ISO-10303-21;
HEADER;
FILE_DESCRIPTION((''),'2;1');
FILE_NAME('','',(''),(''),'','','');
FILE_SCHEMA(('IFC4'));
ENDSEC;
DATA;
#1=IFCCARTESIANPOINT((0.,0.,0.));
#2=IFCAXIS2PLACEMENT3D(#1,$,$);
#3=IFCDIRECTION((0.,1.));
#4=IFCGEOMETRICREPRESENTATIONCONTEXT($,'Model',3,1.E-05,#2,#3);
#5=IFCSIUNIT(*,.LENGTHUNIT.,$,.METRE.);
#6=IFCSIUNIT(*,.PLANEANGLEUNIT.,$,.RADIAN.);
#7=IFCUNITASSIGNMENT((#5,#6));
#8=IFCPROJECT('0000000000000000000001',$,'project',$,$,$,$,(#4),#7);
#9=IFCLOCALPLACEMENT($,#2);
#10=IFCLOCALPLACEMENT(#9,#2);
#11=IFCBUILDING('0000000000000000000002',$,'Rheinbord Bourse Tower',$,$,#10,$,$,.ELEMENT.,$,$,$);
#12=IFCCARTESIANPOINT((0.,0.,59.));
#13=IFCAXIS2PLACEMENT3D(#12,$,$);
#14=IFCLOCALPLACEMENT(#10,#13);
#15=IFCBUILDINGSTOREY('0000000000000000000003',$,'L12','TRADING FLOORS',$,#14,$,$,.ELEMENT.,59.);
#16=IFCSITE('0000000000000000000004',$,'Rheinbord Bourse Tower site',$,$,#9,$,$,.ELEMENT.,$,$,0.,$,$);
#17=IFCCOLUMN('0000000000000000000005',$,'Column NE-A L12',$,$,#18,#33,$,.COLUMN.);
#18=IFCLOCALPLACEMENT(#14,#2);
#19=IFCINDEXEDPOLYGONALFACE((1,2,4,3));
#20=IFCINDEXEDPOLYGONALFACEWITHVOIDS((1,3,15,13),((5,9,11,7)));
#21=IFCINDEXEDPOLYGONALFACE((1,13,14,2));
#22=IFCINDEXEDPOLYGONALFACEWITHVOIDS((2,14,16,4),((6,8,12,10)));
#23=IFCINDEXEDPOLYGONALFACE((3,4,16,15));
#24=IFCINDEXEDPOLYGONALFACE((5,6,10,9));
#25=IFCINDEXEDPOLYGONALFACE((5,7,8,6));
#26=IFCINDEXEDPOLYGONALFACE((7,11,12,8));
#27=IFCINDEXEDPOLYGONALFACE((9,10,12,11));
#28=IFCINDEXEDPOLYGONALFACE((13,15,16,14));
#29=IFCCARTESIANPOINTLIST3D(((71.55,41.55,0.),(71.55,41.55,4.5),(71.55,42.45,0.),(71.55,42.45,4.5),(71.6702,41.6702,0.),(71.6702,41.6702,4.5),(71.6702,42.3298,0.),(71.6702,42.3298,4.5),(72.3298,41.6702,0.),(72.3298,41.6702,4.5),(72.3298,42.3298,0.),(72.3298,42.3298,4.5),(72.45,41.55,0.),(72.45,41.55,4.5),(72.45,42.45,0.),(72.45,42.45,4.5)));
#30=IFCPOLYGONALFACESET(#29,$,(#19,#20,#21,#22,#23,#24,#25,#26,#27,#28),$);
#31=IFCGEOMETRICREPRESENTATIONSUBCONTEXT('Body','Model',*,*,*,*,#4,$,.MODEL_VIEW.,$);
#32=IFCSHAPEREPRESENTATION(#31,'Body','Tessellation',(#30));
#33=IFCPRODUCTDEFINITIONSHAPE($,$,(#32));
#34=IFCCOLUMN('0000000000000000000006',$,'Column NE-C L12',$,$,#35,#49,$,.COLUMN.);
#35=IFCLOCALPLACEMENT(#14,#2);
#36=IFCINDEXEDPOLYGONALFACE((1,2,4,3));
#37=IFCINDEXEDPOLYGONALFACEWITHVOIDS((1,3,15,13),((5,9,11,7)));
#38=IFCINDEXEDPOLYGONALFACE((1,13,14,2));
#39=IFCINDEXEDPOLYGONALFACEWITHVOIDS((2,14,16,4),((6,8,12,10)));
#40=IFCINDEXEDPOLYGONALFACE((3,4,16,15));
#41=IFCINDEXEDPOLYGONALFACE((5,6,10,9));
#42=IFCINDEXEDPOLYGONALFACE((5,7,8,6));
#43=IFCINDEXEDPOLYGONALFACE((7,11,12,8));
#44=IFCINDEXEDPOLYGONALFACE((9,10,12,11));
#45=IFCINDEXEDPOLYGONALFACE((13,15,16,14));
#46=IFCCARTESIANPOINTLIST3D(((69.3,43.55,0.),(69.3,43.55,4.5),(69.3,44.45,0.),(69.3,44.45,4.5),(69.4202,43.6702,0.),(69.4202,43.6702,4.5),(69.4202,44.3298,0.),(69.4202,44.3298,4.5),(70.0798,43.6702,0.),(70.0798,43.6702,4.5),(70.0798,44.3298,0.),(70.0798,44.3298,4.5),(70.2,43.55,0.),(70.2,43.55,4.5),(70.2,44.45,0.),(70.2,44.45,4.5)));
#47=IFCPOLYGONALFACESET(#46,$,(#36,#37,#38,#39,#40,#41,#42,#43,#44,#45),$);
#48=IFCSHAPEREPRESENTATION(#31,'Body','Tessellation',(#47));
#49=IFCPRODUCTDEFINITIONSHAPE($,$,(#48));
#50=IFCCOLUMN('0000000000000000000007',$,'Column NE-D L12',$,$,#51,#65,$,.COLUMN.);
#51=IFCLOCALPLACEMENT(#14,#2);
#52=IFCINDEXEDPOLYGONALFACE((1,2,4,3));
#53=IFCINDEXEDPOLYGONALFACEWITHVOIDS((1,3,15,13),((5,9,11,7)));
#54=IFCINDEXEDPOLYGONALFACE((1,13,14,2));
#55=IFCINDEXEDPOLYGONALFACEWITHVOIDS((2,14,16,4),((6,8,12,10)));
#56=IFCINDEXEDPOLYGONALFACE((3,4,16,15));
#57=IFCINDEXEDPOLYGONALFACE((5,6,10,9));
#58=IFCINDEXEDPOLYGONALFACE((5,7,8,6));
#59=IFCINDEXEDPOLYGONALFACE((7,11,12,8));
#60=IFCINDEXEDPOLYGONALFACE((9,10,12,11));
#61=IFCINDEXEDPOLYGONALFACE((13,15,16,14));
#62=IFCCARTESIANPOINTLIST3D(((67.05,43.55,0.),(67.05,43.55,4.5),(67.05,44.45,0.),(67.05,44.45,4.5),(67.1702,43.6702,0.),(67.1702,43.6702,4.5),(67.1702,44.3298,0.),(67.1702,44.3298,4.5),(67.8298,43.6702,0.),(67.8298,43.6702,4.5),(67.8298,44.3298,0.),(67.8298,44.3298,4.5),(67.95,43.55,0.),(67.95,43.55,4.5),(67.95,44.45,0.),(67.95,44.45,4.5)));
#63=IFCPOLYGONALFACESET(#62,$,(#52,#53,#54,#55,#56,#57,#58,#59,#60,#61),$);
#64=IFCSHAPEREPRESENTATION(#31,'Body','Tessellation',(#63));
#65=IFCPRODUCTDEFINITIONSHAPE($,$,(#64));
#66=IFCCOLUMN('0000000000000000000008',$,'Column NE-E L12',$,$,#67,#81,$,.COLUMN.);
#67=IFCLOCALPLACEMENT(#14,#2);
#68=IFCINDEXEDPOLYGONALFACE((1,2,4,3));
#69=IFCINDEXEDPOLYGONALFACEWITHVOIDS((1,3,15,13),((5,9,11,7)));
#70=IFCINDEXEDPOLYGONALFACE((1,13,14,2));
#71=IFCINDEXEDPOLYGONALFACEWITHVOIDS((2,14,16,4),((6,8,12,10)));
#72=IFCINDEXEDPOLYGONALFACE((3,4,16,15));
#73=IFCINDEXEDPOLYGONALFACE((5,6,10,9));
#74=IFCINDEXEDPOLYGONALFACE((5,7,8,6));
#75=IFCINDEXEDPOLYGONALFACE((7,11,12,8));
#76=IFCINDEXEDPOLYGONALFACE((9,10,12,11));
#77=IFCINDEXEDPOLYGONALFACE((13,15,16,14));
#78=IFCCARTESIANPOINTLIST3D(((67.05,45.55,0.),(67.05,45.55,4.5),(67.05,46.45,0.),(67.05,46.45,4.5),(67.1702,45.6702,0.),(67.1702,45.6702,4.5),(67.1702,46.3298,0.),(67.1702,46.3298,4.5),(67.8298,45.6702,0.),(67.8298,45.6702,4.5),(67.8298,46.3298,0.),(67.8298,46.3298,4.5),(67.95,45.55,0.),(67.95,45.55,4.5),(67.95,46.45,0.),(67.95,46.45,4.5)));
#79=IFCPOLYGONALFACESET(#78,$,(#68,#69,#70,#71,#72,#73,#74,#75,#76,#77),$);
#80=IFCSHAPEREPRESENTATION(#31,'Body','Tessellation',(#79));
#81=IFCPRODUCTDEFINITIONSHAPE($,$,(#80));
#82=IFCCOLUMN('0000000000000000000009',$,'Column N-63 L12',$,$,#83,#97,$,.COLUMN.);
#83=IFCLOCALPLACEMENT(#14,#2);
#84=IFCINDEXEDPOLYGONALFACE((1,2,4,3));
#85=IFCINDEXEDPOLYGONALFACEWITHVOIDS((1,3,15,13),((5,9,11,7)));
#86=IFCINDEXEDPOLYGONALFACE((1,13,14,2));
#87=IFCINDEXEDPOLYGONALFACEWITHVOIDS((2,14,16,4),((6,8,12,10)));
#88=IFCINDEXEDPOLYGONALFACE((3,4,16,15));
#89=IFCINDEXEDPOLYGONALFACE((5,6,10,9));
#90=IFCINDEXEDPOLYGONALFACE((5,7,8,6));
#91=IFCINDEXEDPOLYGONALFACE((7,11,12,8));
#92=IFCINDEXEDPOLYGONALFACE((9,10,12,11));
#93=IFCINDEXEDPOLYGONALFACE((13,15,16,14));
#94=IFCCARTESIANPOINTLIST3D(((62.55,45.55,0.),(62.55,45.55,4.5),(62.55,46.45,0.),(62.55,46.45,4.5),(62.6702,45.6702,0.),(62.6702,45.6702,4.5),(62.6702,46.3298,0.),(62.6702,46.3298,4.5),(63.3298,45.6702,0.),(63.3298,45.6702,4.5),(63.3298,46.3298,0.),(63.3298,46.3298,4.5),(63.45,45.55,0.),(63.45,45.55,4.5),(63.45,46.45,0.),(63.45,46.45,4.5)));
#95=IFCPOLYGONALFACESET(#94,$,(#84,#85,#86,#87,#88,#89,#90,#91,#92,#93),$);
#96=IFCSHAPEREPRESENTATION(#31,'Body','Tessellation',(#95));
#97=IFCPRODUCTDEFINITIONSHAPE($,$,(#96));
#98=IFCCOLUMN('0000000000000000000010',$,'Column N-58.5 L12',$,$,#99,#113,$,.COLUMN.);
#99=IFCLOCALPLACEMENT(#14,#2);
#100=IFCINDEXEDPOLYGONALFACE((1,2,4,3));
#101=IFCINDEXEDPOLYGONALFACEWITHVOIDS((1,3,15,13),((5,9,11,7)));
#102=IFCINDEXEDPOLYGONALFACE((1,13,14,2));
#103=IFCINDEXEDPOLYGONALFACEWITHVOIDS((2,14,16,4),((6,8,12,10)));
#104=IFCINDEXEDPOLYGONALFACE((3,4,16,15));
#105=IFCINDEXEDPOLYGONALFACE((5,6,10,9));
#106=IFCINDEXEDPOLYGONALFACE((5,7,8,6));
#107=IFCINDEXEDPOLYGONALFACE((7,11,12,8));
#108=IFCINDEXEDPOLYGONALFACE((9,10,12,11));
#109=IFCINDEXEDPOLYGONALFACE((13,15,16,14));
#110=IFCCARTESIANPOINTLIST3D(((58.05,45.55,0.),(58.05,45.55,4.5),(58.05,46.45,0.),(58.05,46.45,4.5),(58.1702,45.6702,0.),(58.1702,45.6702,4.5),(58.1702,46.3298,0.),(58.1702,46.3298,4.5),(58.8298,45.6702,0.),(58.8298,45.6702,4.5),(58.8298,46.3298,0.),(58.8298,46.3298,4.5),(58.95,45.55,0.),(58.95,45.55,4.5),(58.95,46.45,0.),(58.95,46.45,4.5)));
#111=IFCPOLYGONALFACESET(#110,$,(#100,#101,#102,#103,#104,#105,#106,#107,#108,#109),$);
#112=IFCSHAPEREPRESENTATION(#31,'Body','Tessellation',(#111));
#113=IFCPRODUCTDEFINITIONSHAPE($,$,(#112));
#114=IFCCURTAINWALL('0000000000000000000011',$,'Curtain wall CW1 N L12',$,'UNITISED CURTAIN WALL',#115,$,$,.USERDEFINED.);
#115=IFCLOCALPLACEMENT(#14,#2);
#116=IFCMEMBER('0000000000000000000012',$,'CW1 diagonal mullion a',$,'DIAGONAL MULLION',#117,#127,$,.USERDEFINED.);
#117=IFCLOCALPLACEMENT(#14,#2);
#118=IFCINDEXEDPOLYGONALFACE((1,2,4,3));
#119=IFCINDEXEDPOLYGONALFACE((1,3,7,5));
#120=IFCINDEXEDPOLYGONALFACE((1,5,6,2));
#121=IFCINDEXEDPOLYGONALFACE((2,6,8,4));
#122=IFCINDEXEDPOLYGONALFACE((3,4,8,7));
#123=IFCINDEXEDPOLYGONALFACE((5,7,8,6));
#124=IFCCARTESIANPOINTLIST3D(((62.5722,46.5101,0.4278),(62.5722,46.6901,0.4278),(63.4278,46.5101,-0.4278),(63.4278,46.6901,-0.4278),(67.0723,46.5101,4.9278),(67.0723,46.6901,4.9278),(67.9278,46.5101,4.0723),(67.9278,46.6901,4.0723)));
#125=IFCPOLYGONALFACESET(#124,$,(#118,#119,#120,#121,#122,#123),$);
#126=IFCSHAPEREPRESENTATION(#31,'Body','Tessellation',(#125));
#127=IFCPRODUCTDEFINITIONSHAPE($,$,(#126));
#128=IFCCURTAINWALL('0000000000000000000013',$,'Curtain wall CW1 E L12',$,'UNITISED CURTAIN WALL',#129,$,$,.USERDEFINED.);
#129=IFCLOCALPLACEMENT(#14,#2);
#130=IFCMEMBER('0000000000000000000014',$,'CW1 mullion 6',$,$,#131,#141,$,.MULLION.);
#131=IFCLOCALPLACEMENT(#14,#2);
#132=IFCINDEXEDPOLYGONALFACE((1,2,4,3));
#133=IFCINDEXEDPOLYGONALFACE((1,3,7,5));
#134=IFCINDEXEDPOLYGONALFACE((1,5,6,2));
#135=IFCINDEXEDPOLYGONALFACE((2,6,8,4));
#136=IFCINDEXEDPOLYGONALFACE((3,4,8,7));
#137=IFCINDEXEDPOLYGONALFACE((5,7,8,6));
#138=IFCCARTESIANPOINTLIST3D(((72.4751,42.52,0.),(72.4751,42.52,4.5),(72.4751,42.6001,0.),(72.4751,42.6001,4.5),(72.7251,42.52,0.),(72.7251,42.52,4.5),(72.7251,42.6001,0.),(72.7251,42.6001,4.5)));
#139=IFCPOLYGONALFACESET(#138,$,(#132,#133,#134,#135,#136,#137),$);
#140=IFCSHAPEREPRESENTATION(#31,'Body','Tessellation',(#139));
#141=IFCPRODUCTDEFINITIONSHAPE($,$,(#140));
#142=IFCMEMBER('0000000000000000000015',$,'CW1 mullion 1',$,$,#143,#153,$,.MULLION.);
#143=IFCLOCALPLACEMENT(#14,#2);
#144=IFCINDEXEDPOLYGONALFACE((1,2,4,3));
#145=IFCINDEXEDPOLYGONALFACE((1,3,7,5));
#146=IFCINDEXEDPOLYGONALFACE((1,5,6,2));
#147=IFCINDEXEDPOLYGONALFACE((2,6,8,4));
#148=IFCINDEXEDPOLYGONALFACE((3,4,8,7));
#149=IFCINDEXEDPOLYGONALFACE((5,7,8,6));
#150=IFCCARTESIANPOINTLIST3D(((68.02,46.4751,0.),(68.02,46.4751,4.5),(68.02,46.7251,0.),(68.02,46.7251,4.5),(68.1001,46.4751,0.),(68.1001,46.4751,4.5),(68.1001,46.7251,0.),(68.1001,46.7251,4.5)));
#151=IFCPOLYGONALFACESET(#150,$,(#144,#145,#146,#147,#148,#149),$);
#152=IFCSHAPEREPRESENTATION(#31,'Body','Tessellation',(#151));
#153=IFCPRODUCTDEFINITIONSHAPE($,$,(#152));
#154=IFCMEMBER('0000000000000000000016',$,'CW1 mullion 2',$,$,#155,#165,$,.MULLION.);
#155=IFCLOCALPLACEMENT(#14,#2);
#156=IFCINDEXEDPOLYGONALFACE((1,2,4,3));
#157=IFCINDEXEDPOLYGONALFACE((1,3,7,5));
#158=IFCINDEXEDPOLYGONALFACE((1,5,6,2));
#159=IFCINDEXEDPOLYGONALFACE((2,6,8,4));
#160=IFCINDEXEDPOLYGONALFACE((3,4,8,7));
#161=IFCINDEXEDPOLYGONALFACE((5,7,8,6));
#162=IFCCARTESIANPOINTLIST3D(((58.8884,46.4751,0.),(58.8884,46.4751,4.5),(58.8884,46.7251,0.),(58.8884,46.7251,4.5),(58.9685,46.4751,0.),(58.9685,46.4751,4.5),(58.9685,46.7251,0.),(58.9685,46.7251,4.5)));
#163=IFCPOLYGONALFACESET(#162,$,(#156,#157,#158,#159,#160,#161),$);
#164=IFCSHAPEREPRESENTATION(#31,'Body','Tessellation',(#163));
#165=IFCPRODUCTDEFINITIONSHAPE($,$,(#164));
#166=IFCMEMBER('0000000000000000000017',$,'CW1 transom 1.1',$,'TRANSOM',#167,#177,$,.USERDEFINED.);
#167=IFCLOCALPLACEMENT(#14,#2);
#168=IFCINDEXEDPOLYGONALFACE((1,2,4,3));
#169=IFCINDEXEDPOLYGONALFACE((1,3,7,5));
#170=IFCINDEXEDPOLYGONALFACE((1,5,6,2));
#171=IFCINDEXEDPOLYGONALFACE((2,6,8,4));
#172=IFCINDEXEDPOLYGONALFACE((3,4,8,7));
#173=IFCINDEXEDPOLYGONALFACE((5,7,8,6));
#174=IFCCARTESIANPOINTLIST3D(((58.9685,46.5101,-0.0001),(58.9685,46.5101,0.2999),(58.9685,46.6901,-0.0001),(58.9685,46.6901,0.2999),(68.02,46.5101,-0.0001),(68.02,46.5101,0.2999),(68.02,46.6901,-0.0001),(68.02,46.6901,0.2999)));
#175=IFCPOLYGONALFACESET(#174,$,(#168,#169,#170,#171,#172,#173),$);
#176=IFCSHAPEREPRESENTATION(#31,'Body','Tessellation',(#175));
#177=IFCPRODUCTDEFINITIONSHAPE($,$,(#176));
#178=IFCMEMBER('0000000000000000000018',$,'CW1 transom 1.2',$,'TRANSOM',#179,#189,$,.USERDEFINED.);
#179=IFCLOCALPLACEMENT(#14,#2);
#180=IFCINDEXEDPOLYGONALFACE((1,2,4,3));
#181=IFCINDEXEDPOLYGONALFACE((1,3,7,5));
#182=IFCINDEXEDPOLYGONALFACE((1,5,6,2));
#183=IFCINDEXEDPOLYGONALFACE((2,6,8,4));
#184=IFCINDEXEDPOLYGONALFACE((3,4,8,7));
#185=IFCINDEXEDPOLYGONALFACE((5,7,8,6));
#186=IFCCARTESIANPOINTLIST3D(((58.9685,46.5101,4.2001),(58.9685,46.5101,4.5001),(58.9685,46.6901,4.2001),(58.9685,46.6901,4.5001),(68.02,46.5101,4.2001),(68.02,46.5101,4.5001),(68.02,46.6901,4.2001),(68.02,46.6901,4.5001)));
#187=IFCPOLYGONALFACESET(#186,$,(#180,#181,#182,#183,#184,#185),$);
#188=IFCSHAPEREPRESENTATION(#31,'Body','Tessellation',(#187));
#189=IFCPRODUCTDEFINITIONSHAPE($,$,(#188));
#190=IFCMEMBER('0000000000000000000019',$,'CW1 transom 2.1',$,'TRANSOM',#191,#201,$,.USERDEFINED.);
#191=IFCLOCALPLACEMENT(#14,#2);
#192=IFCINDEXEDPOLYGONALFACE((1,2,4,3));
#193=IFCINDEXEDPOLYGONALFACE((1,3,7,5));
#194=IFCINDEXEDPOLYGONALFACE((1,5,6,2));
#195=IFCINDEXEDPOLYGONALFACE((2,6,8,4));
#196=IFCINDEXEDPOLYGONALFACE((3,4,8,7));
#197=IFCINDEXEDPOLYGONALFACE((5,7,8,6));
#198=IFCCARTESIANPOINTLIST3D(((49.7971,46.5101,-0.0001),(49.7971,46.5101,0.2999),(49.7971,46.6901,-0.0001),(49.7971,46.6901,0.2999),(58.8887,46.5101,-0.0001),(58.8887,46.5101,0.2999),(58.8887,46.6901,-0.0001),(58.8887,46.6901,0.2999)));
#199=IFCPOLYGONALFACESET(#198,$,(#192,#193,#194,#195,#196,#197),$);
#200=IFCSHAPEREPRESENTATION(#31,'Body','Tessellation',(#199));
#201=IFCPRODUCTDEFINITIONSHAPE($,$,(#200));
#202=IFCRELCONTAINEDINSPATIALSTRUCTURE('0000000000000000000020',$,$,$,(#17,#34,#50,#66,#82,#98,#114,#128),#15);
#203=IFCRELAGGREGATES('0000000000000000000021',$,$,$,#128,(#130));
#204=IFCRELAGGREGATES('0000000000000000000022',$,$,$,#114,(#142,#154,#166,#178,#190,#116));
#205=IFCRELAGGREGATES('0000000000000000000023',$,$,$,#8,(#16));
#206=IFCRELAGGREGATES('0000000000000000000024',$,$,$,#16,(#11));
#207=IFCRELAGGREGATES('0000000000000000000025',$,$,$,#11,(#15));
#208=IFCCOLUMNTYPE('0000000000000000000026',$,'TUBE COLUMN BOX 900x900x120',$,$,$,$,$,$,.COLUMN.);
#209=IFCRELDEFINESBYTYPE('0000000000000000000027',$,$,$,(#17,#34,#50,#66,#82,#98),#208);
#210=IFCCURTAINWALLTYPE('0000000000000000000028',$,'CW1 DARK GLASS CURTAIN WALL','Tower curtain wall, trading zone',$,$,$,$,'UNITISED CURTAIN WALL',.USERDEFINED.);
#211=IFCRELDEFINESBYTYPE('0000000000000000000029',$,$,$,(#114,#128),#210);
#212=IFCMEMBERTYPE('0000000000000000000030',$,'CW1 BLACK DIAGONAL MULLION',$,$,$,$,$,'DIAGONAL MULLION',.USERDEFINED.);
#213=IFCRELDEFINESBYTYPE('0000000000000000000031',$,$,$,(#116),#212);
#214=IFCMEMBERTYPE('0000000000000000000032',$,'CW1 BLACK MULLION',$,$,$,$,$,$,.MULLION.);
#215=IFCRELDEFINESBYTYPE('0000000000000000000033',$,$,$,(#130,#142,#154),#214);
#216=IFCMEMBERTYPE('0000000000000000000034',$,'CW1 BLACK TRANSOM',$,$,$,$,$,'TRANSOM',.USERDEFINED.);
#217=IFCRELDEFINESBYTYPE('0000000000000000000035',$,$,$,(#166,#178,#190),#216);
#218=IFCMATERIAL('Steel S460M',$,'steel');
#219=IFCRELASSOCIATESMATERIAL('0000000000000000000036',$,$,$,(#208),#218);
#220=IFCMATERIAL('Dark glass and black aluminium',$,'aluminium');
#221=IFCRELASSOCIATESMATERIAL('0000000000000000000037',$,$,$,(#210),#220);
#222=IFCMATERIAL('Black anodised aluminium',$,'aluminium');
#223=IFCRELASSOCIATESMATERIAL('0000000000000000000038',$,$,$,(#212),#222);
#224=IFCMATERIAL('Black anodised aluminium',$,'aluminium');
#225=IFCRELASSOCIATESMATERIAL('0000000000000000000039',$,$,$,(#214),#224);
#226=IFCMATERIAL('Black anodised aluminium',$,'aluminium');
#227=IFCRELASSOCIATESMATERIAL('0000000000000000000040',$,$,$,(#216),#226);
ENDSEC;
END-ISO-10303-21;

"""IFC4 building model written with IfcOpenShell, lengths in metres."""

from ifc_helpers import new_model, si_unit, direction, frame, origin, origin_2d, place, context, subcontext, project, spatial, rectangle, hollow_rectangle, extrude, material, material_profile, profile_set, type_object, element, aggregate, save


model = new_model("IFC4")

# Units and contexts
model_context = context("Model", 3, precision=1e-05, world=origin(), true_north=direction((0.0, 1.0)))
body_context = subcontext(model_context, "Body", "Model", "MODEL_VIEW")
ifc_project = project(units=[si_unit("LENGTHUNIT", "METRE"), si_unit("PLANEANGLEUNIT", "RADIAN")], contexts=[model_context])

# Site, building, storey
site_placement = place(None, origin())
site = spatial("IfcSite", under=ifc_project, at=site_placement, Name="Rheinbord Bourse Tower site", CompositionType="ELEMENT", RefElevation=0.0)
building_placement = place(site_placement, origin())
building = spatial("IfcBuilding", under=site, at=building_placement, Name="Rheinbord Bourse Tower", CompositionType="ELEMENT")
storey_placement = place(building_placement, frame((0.0, 0.0, 59.0)))
storey = spatial("IfcBuildingStorey", under=building, at=storey_placement, Name="L12", Description="TRADING FLOORS", CompositionType="ELEMENT", Elevation=59.0)

# Columns
ifc_material_1 = material(Name="Steel S460M", Category="steel")
ifc_material_profile_1 = material_profile(ifc_material_1, hollow_rectangle(XDim=0.8999, YDim=0.8999, WallThickness=0.1201, at=origin_2d()), Name="BOX 900x900x120")
ifc_profile_set_1 = profile_set([ifc_material_profile_1], Name="Steel S460M")
column_type = type_object("IfcColumnType", Name="TUBE COLUMN BOX 900x900x120", PredefinedType="COLUMN", material=ifc_profile_set_1)
for number, where, z_axis, x_axis, name in (
    (1, (72.0, 42.0, 0.0), (0.0, 0.0, 1.0), (1.0, 0.0, 0.0), "Column NE-A L12"),
    (2, (69.75, 44.0, 0.0), (0.0, 0.0, 1.0), (1.0, 0.0, 0.0), "Column NE-C L12"),
    (3, (67.5, 44.0, 0.0), (0.0, 0.0, 1.0), (0.0, 1.0, 0.0), "Column NE-D L12"),
    (4, (67.5, 46.0, 0.0), (0.0, 0.0, 1.0), (0.0, 1.0, 0.0), "Column NE-E L12"),
    (5, (63.0, 46.0, 0.0), (0.0, 0.0, 1.0), (0.0, 1.0, 0.0), "Column N-63 L12"),
    (6, (58.5, 46.0, 0.0), (0.0, 0.0, 1.0), (0.0, 1.0, 0.0), "Column N-58.5 L12"),
):
    element("IfcColumn", number, at=place(storey_placement, frame(where, z_axis=z_axis, x_axis=x_axis)), inside=storey, type_object=column_type, Name=name, PredefinedType="COLUMN", context=body_context, shape_type="SweptSolid", body=[
        extrude(hollow_rectangle(XDim=0.8999, YDim=0.8999, WallThickness=0.1201, at=origin_2d()), origin(), (0.0, 0.0, 1.0), 4.5),
    ])

# Curtain walls, members
ifc_material_2 = material(Name="Dark glass and black aluminium", Category="aluminium")
curtain_wall_type = type_object("IfcCurtainWallType", Name="CW1 DARK GLASS CURTAIN WALL", Description="Tower curtain wall, trading zone", ElementType="UNITISED CURTAIN WALL", PredefinedType="USERDEFINED", material=ifc_material_2)
curtain_wall_1_placement = place(storey_placement, origin())
curtain_wall_1 = element("IfcCurtainWall", 7, at=curtain_wall_1_placement, inside=storey, type_object=curtain_wall_type, Name="Curtain wall CW1 N L12", ObjectType="UNITISED CURTAIN WALL", PredefinedType="USERDEFINED")
ifc_material_3 = material(Name="Black anodised aluminium", Category="aluminium")
ifc_material_profile_2 = material_profile(ifc_material_3, rectangle(XDim=0.1799, YDim=1.21, at=origin_2d()), Name="CW1 DIAGONAL MULLION 1210x180")
ifc_profile_set_2 = profile_set([ifc_material_profile_2], Name="Black anodised aluminium")
member_type_1 = type_object("IfcMemberType", Name="CW1 BLACK DIAGONAL MULLION", ElementType="DIAGONAL MULLION", PredefinedType="USERDEFINED", material=ifc_profile_set_2)
member_1_placement = place(storey_placement, frame((63.0, 46.6001, 0.0), z_axis=(0.707107, 0.0, 0.707107), x_axis=(0.0, 1.0, 0.0)))
member_1 = element("IfcMember", 8, at=member_1_placement, type_object=member_type_1, Name="CW1 diagonal mullion a", ObjectType="DIAGONAL MULLION", PredefinedType="USERDEFINED", context=body_context, shape_type="SweptSolid", body=[
    extrude(rectangle(XDim=0.1799, YDim=1.21, at=origin_2d()), origin(), (0.0, 0.0, 1.0), 6.364),
])
curtain_wall_2_placement = place(storey_placement, origin())
curtain_wall_2 = element("IfcCurtainWall", 9, at=curtain_wall_2_placement, inside=storey, type_object=curtain_wall_type, Name="Curtain wall CW1 E L12", ObjectType="UNITISED CURTAIN WALL", PredefinedType="USERDEFINED")
ifc_material_4 = material(Name="Black anodised aluminium", Category="aluminium")
ifc_material_profile_3 = material_profile(ifc_material_4, rectangle(XDim=0.25, YDim=0.0801, at=origin_2d()), Name="CW1 MULLION 80x250")
ifc_profile_set_3 = profile_set([ifc_material_profile_3], Name="Black anodised aluminium")
member_type_2 = type_object("IfcMemberType", Name="CW1 BLACK MULLION", PredefinedType="MULLION", material=ifc_profile_set_3)
member_2_placement = place(storey_placement, frame((72.6001, 42.5601, 0.0), z_axis=(0.0, 0.0, 1.0), x_axis=(-1.0, 0.0, 0.0)))
member_2 = element("IfcMember", 10, at=member_2_placement, type_object=member_type_2, Name="CW1 mullion 6", PredefinedType="MULLION", context=body_context, shape_type="SweptSolid", body=[
    extrude(rectangle(XDim=0.25, YDim=0.0801, at=origin_2d()), origin(), (0.0, 0.0, 1.0), 4.5),
])

# Members
member_3_placement = place(storey_placement, frame((68.0601, 46.6001, 0.0), z_axis=(0.0, 0.0, 1.0), x_axis=(0.0, -1.0, 0.0)))
member_3 = element("IfcMember", 11, at=member_3_placement, type_object=member_type_2, Name="CW1 mullion 1", PredefinedType="MULLION", context=body_context, shape_type="SweptSolid", body=[
    extrude(rectangle(XDim=0.25, YDim=0.0801, at=origin_2d()), origin(), (0.0, 0.0, 1.0), 4.5),
])
member_4_placement = place(storey_placement, frame((58.9285, 46.6001, 0.0), z_axis=(0.0, 0.0, 1.0), x_axis=(0.0, -1.0, 0.0)))
member_4 = element("IfcMember", 12, at=member_4_placement, type_object=member_type_2, Name="CW1 mullion 2", PredefinedType="MULLION", context=body_context, shape_type="SweptSolid", body=[
    extrude(rectangle(XDim=0.25, YDim=0.0801, at=origin_2d()), origin(), (0.0, 0.0, 1.0), 4.5),
])
ifc_material_5 = material(Name="Black anodised aluminium", Category="aluminium")
ifc_material_profile_4 = material_profile(ifc_material_5, rectangle(XDim=0.1799, YDim=0.3, at=origin_2d()), Name="CW1 TRANSOM 300x180")
ifc_profile_set_4 = profile_set([ifc_material_profile_4], Name="Black anodised aluminium")
member_type_3 = type_object("IfcMemberType", Name="CW1 BLACK TRANSOM", ElementType="TRANSOM", PredefinedType="USERDEFINED", material=ifc_profile_set_4)
member_5_placement = place(storey_placement, frame((68.02, 46.6001, 0.1499), z_axis=(-1.0, 0.0, 0.0), x_axis=(0.0, -1.0, 0.0)))
member_5 = element("IfcMember", 13, at=member_5_placement, type_object=member_type_3, Name="CW1 transom 1.1", ObjectType="TRANSOM", PredefinedType="USERDEFINED", context=body_context, shape_type="SweptSolid", body=[
    extrude(rectangle(XDim=0.1799, YDim=0.3, at=origin_2d()), origin(), (0.0, 0.0, 1.0), 9.0515),
])
member_6_placement = place(storey_placement, frame((68.02, 46.6001, 4.3501), z_axis=(-1.0, 0.0, 0.0), x_axis=(0.0, -1.0, 0.0)))
member_6 = element("IfcMember", 14, at=member_6_placement, type_object=member_type_3, Name="CW1 transom 1.2", ObjectType="TRANSOM", PredefinedType="USERDEFINED", context=body_context, shape_type="SweptSolid", body=[
    extrude(rectangle(XDim=0.1799, YDim=0.3, at=origin_2d()), origin(), (0.0, 0.0, 1.0), 9.0515),
])
member_7_placement = place(storey_placement, frame((58.8887, 46.6001, 0.1499), z_axis=(-1.0, 0.0, 0.0), x_axis=(0.0, -1.0, 0.0)))
member_7 = element("IfcMember", 15, at=member_7_placement, type_object=member_type_3, Name="CW1 transom 2.1", ObjectType="TRANSOM", PredefinedType="USERDEFINED", context=body_context, shape_type="SweptSolid", body=[
    extrude(rectangle(XDim=0.1799, YDim=0.3, at=origin_2d()), origin(), (0.0, 0.0, 1.0), 9.0916),
])

aggregate(curtain_wall_2, [member_2])
aggregate(curtain_wall_1, [member_3, member_4, member_5, member_6, member_7, member_1])

save(model, "model.ifc")
